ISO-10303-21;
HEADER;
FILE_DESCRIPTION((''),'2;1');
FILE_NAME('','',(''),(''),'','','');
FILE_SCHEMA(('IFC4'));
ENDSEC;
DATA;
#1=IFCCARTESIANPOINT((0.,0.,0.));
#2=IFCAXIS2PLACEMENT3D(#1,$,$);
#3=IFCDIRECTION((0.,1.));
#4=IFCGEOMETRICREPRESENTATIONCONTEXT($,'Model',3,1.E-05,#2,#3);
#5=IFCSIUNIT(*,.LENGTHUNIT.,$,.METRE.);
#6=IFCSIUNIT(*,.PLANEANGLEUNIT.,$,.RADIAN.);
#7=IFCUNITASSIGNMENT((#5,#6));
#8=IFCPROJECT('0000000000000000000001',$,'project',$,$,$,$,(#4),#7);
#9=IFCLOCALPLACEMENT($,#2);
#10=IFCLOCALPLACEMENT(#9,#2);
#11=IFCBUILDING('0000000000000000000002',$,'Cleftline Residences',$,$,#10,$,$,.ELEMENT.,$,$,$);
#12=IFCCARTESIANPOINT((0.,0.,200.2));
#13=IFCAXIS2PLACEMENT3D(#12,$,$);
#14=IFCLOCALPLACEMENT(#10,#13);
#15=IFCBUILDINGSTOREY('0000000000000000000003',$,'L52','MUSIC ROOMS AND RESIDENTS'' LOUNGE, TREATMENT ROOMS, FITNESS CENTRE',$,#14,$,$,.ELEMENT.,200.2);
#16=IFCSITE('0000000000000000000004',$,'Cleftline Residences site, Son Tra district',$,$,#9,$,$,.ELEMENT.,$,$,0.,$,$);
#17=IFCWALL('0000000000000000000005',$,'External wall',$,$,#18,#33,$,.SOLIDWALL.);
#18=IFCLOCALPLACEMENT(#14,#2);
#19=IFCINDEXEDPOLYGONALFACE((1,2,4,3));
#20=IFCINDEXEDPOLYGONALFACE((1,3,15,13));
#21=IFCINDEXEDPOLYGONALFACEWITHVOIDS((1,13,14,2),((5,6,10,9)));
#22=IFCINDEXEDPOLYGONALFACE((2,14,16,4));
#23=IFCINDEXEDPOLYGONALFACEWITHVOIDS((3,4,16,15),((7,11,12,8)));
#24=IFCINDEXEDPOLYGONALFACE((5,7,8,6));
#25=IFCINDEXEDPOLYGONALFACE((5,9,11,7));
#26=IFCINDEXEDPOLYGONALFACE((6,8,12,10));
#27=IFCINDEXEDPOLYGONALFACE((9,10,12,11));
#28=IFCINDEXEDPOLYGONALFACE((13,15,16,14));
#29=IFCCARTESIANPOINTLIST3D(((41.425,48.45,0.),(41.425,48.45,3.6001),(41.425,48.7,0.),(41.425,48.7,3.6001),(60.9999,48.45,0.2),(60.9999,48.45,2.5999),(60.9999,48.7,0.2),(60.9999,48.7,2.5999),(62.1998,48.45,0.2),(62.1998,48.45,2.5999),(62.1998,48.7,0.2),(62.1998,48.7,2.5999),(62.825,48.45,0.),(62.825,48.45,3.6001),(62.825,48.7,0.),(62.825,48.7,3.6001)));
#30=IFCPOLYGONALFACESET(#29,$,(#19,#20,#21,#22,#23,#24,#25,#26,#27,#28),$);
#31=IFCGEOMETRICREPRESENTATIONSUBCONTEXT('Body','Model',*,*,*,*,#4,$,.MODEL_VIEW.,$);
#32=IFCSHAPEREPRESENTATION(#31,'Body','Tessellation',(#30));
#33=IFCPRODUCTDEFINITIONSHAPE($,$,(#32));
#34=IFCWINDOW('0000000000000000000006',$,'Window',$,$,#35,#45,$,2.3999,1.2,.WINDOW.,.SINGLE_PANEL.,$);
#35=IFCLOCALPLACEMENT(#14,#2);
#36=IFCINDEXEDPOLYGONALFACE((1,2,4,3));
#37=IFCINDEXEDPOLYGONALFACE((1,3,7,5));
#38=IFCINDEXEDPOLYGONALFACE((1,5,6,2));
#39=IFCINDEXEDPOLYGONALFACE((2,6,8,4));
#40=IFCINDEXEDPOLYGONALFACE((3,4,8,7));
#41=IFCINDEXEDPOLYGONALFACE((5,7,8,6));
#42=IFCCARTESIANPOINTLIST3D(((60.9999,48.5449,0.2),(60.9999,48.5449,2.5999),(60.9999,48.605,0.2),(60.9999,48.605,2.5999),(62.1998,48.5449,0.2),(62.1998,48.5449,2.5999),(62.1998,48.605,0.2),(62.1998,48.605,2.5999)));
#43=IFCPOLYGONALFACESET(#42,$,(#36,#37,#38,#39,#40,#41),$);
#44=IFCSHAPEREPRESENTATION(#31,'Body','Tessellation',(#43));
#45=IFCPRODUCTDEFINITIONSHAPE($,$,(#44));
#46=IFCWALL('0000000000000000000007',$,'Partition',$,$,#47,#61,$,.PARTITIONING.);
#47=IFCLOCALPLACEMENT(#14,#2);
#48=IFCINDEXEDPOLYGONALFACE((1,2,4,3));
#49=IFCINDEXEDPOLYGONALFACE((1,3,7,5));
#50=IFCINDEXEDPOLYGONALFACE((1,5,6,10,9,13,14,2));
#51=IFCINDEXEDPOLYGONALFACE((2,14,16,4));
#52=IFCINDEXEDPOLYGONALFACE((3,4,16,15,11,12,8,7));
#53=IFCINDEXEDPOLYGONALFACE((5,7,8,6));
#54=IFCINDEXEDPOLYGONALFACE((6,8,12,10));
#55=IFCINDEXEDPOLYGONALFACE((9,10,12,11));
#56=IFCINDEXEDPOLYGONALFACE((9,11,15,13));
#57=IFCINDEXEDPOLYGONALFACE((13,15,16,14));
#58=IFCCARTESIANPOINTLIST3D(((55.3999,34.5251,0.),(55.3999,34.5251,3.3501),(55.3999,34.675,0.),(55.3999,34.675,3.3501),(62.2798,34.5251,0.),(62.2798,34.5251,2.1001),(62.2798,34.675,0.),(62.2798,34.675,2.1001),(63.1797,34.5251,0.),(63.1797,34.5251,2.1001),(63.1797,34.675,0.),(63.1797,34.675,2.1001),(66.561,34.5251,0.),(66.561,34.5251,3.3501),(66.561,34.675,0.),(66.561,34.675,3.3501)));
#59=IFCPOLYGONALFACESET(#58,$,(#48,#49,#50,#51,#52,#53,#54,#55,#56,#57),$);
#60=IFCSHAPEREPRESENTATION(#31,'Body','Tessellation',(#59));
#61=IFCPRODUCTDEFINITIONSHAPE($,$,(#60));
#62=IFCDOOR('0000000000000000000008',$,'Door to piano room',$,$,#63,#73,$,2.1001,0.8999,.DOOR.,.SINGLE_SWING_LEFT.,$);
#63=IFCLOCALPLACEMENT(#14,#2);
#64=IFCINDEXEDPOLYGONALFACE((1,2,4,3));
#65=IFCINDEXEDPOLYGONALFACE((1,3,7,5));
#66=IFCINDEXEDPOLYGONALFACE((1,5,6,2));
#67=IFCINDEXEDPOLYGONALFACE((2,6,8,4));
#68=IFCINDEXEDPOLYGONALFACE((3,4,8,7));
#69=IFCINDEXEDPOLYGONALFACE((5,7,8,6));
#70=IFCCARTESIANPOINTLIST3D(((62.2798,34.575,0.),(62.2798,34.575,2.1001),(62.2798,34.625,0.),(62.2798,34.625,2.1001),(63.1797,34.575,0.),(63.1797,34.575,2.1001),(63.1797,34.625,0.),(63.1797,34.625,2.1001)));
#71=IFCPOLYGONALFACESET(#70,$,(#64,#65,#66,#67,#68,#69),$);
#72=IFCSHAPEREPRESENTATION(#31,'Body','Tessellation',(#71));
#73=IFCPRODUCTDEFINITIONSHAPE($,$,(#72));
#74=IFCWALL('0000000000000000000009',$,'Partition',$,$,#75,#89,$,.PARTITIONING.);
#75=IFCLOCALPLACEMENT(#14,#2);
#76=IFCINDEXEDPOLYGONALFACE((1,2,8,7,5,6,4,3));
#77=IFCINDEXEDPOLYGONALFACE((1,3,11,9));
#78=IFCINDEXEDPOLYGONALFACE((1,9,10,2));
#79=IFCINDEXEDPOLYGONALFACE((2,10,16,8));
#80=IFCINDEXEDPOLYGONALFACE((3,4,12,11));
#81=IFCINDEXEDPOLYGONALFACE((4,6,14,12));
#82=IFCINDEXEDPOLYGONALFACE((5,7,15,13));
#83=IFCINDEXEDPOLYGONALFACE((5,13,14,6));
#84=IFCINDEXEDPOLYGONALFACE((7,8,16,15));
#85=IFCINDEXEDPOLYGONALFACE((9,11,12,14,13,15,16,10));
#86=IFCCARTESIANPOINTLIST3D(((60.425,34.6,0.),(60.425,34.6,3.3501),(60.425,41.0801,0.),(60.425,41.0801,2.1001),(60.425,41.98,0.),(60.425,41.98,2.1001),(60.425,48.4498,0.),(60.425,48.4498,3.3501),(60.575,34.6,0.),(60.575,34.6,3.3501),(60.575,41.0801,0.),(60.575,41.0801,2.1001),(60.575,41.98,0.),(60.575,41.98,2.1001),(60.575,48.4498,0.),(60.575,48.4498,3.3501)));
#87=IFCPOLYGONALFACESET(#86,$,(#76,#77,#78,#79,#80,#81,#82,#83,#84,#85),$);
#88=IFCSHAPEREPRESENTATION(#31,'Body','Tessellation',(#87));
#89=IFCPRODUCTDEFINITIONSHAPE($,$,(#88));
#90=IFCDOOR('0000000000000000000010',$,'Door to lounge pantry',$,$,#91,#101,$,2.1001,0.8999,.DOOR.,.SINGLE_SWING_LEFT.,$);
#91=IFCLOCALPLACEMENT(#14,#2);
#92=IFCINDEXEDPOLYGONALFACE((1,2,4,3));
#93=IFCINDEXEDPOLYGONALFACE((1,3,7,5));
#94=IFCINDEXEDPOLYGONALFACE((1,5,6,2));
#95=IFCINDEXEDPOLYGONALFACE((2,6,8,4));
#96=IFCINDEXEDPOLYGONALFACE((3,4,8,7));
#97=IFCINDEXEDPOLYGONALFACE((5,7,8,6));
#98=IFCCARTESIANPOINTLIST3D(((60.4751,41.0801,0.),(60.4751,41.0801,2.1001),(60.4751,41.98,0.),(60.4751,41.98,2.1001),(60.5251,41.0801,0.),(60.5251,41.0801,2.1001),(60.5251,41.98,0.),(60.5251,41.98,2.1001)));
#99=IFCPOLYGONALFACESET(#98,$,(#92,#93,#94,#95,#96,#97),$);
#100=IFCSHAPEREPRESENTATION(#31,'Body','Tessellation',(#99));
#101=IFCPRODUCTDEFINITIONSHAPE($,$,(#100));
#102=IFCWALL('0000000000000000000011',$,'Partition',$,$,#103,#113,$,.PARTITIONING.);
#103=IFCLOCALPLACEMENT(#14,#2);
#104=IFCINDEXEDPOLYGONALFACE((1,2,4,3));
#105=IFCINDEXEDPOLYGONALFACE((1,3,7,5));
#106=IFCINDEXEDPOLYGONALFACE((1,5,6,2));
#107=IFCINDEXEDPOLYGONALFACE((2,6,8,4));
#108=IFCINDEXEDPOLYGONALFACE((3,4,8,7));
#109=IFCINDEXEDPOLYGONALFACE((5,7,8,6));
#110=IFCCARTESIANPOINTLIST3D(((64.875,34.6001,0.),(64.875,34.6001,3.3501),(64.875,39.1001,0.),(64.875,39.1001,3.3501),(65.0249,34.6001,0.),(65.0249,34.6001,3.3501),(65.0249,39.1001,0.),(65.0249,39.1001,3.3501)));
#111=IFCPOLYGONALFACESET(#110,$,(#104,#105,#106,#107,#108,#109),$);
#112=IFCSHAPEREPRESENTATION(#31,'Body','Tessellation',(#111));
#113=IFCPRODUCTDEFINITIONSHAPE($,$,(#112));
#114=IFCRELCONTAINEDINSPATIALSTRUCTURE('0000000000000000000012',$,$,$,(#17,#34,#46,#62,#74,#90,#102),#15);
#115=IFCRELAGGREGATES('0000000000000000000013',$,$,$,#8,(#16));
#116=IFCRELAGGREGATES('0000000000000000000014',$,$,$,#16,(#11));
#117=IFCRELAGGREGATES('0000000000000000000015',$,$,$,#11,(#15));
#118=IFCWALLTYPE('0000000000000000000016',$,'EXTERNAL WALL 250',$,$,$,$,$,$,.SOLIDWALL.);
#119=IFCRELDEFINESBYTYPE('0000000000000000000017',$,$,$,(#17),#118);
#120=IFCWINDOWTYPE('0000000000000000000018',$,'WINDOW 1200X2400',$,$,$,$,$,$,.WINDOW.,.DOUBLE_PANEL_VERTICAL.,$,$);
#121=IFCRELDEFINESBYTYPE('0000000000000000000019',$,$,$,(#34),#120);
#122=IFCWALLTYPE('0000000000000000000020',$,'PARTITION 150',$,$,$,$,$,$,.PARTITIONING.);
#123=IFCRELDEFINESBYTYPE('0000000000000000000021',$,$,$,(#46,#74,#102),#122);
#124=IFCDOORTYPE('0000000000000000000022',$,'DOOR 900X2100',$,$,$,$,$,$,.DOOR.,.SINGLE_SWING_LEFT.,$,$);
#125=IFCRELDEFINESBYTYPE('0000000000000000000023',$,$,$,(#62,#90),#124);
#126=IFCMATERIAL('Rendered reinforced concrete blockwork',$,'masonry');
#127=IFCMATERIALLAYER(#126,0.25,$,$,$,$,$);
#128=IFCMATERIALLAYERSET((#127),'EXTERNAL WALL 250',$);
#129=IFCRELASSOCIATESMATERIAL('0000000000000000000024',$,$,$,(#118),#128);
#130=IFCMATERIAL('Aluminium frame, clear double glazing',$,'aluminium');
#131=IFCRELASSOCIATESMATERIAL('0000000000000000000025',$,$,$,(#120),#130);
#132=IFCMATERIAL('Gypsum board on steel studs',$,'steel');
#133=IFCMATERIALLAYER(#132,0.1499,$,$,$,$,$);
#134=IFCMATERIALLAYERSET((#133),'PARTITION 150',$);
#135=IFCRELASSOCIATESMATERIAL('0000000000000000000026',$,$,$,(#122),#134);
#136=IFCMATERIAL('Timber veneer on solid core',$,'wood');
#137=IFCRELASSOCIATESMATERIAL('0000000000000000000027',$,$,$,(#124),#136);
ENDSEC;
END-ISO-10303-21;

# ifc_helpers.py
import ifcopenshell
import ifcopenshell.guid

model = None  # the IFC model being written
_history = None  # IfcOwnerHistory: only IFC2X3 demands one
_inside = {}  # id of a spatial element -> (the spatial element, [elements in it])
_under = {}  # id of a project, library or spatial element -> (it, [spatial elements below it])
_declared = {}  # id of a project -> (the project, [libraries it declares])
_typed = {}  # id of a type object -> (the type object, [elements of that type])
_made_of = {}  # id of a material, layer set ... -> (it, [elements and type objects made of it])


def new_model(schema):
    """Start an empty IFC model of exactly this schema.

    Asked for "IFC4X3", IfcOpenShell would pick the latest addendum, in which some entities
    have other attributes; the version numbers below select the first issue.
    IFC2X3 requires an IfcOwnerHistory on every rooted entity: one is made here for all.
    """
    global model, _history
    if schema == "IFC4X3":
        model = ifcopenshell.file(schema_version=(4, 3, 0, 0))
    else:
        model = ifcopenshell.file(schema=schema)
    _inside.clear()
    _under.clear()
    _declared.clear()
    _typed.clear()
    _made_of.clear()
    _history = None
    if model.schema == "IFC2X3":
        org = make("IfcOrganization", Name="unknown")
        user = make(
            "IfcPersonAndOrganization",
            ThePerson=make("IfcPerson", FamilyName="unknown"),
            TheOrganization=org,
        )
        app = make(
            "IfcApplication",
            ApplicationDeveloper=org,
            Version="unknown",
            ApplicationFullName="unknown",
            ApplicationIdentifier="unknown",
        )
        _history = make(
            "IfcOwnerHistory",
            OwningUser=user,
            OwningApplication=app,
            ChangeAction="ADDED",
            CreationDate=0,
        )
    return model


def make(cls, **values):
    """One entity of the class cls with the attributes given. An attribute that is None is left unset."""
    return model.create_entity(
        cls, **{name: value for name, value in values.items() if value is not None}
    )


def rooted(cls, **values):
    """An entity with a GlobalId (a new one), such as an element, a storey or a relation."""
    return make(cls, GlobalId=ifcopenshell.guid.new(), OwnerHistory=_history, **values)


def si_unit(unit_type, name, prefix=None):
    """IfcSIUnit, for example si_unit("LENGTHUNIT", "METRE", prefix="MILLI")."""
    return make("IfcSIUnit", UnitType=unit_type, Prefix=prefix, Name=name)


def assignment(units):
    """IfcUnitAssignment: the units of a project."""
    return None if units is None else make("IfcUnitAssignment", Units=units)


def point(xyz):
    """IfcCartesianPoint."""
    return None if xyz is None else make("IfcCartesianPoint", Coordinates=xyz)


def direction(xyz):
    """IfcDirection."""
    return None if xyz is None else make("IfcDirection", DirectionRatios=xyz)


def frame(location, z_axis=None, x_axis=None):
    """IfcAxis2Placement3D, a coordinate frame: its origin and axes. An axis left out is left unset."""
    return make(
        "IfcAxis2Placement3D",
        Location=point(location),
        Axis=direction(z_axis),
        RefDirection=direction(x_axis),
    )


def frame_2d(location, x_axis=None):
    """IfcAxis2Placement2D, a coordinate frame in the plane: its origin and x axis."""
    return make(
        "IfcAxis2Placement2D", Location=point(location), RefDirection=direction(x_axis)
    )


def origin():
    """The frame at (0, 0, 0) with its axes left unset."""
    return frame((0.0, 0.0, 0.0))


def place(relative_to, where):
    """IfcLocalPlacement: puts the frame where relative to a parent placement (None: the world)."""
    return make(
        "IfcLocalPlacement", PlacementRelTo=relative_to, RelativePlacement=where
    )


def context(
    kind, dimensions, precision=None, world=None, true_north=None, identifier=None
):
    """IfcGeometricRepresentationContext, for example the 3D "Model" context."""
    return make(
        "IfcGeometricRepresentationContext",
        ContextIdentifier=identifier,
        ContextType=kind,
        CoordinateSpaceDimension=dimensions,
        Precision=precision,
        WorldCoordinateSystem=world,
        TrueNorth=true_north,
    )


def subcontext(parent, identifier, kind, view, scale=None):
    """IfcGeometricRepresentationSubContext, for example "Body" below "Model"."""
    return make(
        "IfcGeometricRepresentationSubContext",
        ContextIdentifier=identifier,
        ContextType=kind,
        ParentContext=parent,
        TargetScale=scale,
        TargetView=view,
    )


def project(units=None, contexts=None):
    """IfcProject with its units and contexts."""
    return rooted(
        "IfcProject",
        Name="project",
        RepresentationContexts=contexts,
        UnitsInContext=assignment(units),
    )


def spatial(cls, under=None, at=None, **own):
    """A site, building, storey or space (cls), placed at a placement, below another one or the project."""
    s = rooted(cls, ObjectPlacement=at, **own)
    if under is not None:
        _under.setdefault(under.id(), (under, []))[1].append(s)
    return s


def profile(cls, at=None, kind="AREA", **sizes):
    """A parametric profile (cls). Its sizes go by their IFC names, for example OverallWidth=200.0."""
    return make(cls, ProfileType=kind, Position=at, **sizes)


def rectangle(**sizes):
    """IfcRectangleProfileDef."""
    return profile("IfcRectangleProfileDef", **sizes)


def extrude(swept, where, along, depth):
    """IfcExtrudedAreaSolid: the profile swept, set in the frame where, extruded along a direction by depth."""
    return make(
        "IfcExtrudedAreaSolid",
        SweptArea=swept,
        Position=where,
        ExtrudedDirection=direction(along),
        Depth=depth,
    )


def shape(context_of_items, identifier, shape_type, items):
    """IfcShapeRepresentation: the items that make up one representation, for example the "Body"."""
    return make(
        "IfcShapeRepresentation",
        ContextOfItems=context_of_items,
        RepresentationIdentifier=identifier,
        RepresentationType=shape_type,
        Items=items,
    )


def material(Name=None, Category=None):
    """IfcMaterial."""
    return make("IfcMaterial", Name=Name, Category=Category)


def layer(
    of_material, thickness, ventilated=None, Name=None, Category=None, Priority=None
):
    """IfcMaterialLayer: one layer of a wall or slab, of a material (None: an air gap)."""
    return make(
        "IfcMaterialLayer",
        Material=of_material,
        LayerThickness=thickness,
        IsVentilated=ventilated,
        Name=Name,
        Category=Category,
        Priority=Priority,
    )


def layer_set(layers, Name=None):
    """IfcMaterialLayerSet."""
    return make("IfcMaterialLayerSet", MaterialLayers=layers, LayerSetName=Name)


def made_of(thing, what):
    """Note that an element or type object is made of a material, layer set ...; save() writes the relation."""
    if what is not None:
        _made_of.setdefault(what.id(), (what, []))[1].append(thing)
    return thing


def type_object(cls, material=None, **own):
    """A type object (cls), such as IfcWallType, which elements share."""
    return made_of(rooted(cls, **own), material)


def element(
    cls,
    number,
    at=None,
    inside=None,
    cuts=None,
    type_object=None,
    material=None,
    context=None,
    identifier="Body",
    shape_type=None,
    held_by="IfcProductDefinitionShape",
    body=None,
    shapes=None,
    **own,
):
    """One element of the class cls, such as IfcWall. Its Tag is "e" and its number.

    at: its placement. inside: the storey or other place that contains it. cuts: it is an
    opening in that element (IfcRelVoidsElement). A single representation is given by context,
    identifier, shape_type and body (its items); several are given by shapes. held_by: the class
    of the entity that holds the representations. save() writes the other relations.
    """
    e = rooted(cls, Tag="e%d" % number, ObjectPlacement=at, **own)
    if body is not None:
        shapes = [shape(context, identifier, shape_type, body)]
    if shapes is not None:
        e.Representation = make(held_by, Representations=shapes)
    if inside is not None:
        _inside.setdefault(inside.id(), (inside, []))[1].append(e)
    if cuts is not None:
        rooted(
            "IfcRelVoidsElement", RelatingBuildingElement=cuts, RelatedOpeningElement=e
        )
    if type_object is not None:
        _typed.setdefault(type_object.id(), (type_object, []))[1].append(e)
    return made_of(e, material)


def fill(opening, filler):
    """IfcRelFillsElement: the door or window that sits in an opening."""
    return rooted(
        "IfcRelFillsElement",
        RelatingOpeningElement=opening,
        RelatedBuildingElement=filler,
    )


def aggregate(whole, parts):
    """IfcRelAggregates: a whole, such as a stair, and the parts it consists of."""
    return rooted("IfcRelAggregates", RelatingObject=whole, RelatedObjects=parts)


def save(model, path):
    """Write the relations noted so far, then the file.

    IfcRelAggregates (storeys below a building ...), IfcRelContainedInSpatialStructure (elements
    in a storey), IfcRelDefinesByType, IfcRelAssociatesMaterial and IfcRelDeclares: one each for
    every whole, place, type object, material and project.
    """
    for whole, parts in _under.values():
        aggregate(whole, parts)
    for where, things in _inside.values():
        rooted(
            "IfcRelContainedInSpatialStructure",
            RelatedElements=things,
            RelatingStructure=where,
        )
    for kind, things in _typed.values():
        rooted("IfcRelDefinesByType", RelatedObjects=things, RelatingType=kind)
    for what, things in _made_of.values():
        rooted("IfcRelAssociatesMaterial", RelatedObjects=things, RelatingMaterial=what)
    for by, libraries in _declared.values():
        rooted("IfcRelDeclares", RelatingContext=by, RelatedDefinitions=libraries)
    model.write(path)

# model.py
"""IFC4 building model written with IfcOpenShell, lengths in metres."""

from ifc_helpers import new_model, si_unit, direction, frame, frame_2d, origin, place, context, subcontext, project, spatial, rectangle, extrude, material, layer, layer_set, type_object, element, fill, save


model = new_model("IFC4")

# Units and contexts
model_context = context("Model", 3, precision=1e-05, world=origin(), true_north=direction((0.0, 1.0)))
body_context = subcontext(model_context, "Body", "Model", "MODEL_VIEW")
ifc_project = project(units=[si_unit("LENGTHUNIT", "METRE"), si_unit("PLANEANGLEUNIT", "RADIAN")], contexts=[model_context])

# Site, building, storey
site_placement = place(None, origin())
site = spatial("IfcSite", under=ifc_project, at=site_placement, Name="Cleftline Residences site, Son Tra district", CompositionType="ELEMENT", RefElevation=0.0)
building_placement = place(site_placement, origin())
building = spatial("IfcBuilding", under=site, at=building_placement, Name="Cleftline Residences", CompositionType="ELEMENT")
storey_placement = place(building_placement, frame((0.0, 0.0, 200.2)))
storey = spatial("IfcBuildingStorey", under=building, at=storey_placement, Name="L52", Description="MUSIC ROOMS AND RESIDENTS' LOUNGE, TREATMENT ROOMS, FITNESS CENTRE", CompositionType="ELEMENT", Elevation=200.2)

# Wall, opening, window
ifc_material_1 = material(Name="Rendered reinforced concrete blockwork", Category="masonry")
ifc_layer_1 = layer(ifc_material_1, 0.25)
ifc_layer_set_1 = layer_set([ifc_layer_1], Name="EXTERNAL WALL 250")
wall_type_1 = type_object("IfcWallType", Name="EXTERNAL WALL 250", PredefinedType="SOLIDWALL", material=ifc_layer_set_1)
wall_1_placement = place(storey_placement, frame((62.825, 48.575, 0.0), z_axis=(0.0, 0.0, 1.0), x_axis=(-1.0, 0.0, 0.0)))
wall_1 = element("IfcWall", 1, at=wall_1_placement, inside=storey, type_object=wall_type_1, Name="External wall", PredefinedType="SOLIDWALL", context=body_context, shape_type="SweptSolid", body=[
    extrude(rectangle(XDim=21.3999, YDim=0.25, at=frame_2d((10.7, 0.0))), origin(), (0.0, 0.0, 1.0), 3.6001),
])
opening_1_placement = place(wall_1_placement, frame((0.625, 0.0, 0.2)))
opening_1 = element("IfcOpeningElement", 2, at=opening_1_placement, cuts=wall_1, PredefinedType="OPENING", context=body_context, shape_type="SweptSolid", body=[
    extrude(rectangle(XDim=1.2, YDim=2.3999, at=frame_2d((0.6001, 1.2))), frame((0.0, 0.135, 0.0), z_axis=(0.0, -1.0, 0.0), x_axis=(1.0, 0.0, 0.0)), (0.0, 0.0, 1.0), 0.27),
])
ifc_material_2 = material(Name="Aluminium frame, clear double glazing", Category="aluminium")
window_type_1 = type_object("IfcWindowType", Name="WINDOW 1200X2400", PartitioningType="DOUBLE_PANEL_VERTICAL", PredefinedType="WINDOW", material=ifc_material_2)
window_1_placement = place(opening_1_placement, origin())
window_1 = element("IfcWindow", 3, at=window_1_placement, inside=storey, type_object=window_type_1, Name="Window", OverallHeight=2.3999, OverallWidth=1.2, PartitioningType="SINGLE_PANEL", PredefinedType="WINDOW", context=body_context, shape_type="SweptSolid", body=[
    extrude(rectangle(XDim=1.2, YDim=2.3999, at=frame_2d((0.6001, 1.2))), frame((0.0, 0.03, 0.0), z_axis=(0.0, -1.0, 0.0), x_axis=(1.0, 0.0, 0.0)), (0.0, 0.0, 1.0), 0.0601),
])
fill(opening_1, window_1)

# Walls, openings, doors
ifc_material_3 = material(Name="Gypsum board on steel studs", Category="steel")
ifc_layer_2 = layer(ifc_material_3, 0.1499)
ifc_layer_set_2 = layer_set([ifc_layer_2], Name="PARTITION 150")
wall_type_2 = type_object("IfcWallType", Name="PARTITION 150", PredefinedType="PARTITIONING", material=ifc_layer_set_2)
wall_2_placement = place(storey_placement, frame((55.3999, 34.6001, 0.0), z_axis=(0.0, 0.0, 1.0), x_axis=(1.0, 0.0, 0.0)))
wall_2 = element("IfcWall", 4, at=wall_2_placement, inside=storey, type_object=wall_type_2, Name="Partition", PredefinedType="PARTITIONING", context=body_context, shape_type="SweptSolid", body=[
    extrude(rectangle(XDim=11.1611, YDim=0.1499, at=frame_2d((5.5806, 0.0))), origin(), (0.0, 0.0, 1.0), 3.3501),
])
opening_2_placement = place(wall_2_placement, frame((6.8799, 0.0, 0.0)))
opening_2 = element("IfcOpeningElement", 5, at=opening_2_placement, cuts=wall_2, PredefinedType="OPENING", context=body_context, shape_type="SweptSolid", body=[
    extrude(rectangle(XDim=0.8999, YDim=2.1001, at=frame_2d((0.45, 1.05))), frame((0.0, 0.085, 0.0), z_axis=(0.0, -1.0, 0.0), x_axis=(1.0, 0.0, 0.0)), (0.0, 0.0, 1.0), 0.1699),
])
ifc_material_4 = material(Name="Timber veneer on solid core", Category="wood")
door_type = type_object("IfcDoorType", Name="DOOR 900X2100", OperationType="SINGLE_SWING_LEFT", PredefinedType="DOOR", material=ifc_material_4)
door_1_placement = place(opening_2_placement, origin())
door_1 = element("IfcDoor", 6, at=door_1_placement, inside=storey, type_object=door_type, Name="Door to piano room", OperationType="SINGLE_SWING_LEFT", OverallHeight=2.1001, OverallWidth=0.8999, PredefinedType="DOOR", context=body_context, shape_type="SweptSolid", body=[
    extrude(rectangle(XDim=0.8999, YDim=2.1001, at=frame_2d((0.45, 1.05))), frame((0.0, 0.0249, 0.0), z_axis=(0.0, -1.0, 0.0), x_axis=(1.0, 0.0, 0.0)), (0.0, 0.0, 1.0), 0.05),
])
fill(opening_2, door_1)
wall_3_placement = place(storey_placement, frame((60.5, 34.6001, 0.0), z_axis=(0.0, 0.0, 1.0), x_axis=(0.0, 1.0, 0.0)))
wall_3 = element("IfcWall", 7, at=wall_3_placement, inside=storey, type_object=wall_type_2, Name="Partition", PredefinedType="PARTITIONING", context=body_context, shape_type="SweptSolid", body=[
    extrude(rectangle(XDim=13.8499, YDim=0.1499, at=frame_2d((6.9248, 0.0))), origin(), (0.0, 0.0, 1.0), 3.3501),
])
opening_3_placement = place(wall_3_placement, frame((6.48, 0.0, 0.0)))
opening_3 = element("IfcOpeningElement", 8, at=opening_3_placement, cuts=wall_3, PredefinedType="OPENING", context=body_context, shape_type="SweptSolid", body=[
    extrude(rectangle(XDim=0.8999, YDim=2.1001, at=frame_2d((0.45, 1.05))), frame((0.0, 0.085, 0.0), z_axis=(0.0, -1.0, 0.0), x_axis=(1.0, 0.0, 0.0)), (0.0, 0.0, 1.0), 0.1699),
])
door_2_placement = place(opening_3_placement, origin())
door_2 = element("IfcDoor", 9, at=door_2_placement, inside=storey, type_object=door_type, Name="Door to lounge pantry", OperationType="SINGLE_SWING_LEFT", OverallHeight=2.1001, OverallWidth=0.8999, PredefinedType="DOOR", context=body_context, shape_type="SweptSolid", body=[
    extrude(rectangle(XDim=0.8999, YDim=2.1001, at=frame_2d((0.45, 1.05))), frame((0.0, 0.0249, 0.0), z_axis=(0.0, -1.0, 0.0), x_axis=(1.0, 0.0, 0.0)), (0.0, 0.0, 1.0), 0.05),
])
fill(opening_3, door_2)

# Wall
wall_4_placement = place(storey_placement, frame((64.95, 34.6001, 0.0), z_axis=(0.0, 0.0, 1.0), x_axis=(0.0, 1.0, 0.0)))
element("IfcWall", 10, at=wall_4_placement, inside=storey, type_object=wall_type_2, Name="Partition", PredefinedType="PARTITIONING", context=body_context, shape_type="SweptSolid", body=[
    extrude(rectangle(XDim=4.5, YDim=0.1499, at=frame_2d((2.25, 0.0))), origin(), (0.0, 0.0, 1.0), 3.3501),
])

save(model, "model.ifc")
